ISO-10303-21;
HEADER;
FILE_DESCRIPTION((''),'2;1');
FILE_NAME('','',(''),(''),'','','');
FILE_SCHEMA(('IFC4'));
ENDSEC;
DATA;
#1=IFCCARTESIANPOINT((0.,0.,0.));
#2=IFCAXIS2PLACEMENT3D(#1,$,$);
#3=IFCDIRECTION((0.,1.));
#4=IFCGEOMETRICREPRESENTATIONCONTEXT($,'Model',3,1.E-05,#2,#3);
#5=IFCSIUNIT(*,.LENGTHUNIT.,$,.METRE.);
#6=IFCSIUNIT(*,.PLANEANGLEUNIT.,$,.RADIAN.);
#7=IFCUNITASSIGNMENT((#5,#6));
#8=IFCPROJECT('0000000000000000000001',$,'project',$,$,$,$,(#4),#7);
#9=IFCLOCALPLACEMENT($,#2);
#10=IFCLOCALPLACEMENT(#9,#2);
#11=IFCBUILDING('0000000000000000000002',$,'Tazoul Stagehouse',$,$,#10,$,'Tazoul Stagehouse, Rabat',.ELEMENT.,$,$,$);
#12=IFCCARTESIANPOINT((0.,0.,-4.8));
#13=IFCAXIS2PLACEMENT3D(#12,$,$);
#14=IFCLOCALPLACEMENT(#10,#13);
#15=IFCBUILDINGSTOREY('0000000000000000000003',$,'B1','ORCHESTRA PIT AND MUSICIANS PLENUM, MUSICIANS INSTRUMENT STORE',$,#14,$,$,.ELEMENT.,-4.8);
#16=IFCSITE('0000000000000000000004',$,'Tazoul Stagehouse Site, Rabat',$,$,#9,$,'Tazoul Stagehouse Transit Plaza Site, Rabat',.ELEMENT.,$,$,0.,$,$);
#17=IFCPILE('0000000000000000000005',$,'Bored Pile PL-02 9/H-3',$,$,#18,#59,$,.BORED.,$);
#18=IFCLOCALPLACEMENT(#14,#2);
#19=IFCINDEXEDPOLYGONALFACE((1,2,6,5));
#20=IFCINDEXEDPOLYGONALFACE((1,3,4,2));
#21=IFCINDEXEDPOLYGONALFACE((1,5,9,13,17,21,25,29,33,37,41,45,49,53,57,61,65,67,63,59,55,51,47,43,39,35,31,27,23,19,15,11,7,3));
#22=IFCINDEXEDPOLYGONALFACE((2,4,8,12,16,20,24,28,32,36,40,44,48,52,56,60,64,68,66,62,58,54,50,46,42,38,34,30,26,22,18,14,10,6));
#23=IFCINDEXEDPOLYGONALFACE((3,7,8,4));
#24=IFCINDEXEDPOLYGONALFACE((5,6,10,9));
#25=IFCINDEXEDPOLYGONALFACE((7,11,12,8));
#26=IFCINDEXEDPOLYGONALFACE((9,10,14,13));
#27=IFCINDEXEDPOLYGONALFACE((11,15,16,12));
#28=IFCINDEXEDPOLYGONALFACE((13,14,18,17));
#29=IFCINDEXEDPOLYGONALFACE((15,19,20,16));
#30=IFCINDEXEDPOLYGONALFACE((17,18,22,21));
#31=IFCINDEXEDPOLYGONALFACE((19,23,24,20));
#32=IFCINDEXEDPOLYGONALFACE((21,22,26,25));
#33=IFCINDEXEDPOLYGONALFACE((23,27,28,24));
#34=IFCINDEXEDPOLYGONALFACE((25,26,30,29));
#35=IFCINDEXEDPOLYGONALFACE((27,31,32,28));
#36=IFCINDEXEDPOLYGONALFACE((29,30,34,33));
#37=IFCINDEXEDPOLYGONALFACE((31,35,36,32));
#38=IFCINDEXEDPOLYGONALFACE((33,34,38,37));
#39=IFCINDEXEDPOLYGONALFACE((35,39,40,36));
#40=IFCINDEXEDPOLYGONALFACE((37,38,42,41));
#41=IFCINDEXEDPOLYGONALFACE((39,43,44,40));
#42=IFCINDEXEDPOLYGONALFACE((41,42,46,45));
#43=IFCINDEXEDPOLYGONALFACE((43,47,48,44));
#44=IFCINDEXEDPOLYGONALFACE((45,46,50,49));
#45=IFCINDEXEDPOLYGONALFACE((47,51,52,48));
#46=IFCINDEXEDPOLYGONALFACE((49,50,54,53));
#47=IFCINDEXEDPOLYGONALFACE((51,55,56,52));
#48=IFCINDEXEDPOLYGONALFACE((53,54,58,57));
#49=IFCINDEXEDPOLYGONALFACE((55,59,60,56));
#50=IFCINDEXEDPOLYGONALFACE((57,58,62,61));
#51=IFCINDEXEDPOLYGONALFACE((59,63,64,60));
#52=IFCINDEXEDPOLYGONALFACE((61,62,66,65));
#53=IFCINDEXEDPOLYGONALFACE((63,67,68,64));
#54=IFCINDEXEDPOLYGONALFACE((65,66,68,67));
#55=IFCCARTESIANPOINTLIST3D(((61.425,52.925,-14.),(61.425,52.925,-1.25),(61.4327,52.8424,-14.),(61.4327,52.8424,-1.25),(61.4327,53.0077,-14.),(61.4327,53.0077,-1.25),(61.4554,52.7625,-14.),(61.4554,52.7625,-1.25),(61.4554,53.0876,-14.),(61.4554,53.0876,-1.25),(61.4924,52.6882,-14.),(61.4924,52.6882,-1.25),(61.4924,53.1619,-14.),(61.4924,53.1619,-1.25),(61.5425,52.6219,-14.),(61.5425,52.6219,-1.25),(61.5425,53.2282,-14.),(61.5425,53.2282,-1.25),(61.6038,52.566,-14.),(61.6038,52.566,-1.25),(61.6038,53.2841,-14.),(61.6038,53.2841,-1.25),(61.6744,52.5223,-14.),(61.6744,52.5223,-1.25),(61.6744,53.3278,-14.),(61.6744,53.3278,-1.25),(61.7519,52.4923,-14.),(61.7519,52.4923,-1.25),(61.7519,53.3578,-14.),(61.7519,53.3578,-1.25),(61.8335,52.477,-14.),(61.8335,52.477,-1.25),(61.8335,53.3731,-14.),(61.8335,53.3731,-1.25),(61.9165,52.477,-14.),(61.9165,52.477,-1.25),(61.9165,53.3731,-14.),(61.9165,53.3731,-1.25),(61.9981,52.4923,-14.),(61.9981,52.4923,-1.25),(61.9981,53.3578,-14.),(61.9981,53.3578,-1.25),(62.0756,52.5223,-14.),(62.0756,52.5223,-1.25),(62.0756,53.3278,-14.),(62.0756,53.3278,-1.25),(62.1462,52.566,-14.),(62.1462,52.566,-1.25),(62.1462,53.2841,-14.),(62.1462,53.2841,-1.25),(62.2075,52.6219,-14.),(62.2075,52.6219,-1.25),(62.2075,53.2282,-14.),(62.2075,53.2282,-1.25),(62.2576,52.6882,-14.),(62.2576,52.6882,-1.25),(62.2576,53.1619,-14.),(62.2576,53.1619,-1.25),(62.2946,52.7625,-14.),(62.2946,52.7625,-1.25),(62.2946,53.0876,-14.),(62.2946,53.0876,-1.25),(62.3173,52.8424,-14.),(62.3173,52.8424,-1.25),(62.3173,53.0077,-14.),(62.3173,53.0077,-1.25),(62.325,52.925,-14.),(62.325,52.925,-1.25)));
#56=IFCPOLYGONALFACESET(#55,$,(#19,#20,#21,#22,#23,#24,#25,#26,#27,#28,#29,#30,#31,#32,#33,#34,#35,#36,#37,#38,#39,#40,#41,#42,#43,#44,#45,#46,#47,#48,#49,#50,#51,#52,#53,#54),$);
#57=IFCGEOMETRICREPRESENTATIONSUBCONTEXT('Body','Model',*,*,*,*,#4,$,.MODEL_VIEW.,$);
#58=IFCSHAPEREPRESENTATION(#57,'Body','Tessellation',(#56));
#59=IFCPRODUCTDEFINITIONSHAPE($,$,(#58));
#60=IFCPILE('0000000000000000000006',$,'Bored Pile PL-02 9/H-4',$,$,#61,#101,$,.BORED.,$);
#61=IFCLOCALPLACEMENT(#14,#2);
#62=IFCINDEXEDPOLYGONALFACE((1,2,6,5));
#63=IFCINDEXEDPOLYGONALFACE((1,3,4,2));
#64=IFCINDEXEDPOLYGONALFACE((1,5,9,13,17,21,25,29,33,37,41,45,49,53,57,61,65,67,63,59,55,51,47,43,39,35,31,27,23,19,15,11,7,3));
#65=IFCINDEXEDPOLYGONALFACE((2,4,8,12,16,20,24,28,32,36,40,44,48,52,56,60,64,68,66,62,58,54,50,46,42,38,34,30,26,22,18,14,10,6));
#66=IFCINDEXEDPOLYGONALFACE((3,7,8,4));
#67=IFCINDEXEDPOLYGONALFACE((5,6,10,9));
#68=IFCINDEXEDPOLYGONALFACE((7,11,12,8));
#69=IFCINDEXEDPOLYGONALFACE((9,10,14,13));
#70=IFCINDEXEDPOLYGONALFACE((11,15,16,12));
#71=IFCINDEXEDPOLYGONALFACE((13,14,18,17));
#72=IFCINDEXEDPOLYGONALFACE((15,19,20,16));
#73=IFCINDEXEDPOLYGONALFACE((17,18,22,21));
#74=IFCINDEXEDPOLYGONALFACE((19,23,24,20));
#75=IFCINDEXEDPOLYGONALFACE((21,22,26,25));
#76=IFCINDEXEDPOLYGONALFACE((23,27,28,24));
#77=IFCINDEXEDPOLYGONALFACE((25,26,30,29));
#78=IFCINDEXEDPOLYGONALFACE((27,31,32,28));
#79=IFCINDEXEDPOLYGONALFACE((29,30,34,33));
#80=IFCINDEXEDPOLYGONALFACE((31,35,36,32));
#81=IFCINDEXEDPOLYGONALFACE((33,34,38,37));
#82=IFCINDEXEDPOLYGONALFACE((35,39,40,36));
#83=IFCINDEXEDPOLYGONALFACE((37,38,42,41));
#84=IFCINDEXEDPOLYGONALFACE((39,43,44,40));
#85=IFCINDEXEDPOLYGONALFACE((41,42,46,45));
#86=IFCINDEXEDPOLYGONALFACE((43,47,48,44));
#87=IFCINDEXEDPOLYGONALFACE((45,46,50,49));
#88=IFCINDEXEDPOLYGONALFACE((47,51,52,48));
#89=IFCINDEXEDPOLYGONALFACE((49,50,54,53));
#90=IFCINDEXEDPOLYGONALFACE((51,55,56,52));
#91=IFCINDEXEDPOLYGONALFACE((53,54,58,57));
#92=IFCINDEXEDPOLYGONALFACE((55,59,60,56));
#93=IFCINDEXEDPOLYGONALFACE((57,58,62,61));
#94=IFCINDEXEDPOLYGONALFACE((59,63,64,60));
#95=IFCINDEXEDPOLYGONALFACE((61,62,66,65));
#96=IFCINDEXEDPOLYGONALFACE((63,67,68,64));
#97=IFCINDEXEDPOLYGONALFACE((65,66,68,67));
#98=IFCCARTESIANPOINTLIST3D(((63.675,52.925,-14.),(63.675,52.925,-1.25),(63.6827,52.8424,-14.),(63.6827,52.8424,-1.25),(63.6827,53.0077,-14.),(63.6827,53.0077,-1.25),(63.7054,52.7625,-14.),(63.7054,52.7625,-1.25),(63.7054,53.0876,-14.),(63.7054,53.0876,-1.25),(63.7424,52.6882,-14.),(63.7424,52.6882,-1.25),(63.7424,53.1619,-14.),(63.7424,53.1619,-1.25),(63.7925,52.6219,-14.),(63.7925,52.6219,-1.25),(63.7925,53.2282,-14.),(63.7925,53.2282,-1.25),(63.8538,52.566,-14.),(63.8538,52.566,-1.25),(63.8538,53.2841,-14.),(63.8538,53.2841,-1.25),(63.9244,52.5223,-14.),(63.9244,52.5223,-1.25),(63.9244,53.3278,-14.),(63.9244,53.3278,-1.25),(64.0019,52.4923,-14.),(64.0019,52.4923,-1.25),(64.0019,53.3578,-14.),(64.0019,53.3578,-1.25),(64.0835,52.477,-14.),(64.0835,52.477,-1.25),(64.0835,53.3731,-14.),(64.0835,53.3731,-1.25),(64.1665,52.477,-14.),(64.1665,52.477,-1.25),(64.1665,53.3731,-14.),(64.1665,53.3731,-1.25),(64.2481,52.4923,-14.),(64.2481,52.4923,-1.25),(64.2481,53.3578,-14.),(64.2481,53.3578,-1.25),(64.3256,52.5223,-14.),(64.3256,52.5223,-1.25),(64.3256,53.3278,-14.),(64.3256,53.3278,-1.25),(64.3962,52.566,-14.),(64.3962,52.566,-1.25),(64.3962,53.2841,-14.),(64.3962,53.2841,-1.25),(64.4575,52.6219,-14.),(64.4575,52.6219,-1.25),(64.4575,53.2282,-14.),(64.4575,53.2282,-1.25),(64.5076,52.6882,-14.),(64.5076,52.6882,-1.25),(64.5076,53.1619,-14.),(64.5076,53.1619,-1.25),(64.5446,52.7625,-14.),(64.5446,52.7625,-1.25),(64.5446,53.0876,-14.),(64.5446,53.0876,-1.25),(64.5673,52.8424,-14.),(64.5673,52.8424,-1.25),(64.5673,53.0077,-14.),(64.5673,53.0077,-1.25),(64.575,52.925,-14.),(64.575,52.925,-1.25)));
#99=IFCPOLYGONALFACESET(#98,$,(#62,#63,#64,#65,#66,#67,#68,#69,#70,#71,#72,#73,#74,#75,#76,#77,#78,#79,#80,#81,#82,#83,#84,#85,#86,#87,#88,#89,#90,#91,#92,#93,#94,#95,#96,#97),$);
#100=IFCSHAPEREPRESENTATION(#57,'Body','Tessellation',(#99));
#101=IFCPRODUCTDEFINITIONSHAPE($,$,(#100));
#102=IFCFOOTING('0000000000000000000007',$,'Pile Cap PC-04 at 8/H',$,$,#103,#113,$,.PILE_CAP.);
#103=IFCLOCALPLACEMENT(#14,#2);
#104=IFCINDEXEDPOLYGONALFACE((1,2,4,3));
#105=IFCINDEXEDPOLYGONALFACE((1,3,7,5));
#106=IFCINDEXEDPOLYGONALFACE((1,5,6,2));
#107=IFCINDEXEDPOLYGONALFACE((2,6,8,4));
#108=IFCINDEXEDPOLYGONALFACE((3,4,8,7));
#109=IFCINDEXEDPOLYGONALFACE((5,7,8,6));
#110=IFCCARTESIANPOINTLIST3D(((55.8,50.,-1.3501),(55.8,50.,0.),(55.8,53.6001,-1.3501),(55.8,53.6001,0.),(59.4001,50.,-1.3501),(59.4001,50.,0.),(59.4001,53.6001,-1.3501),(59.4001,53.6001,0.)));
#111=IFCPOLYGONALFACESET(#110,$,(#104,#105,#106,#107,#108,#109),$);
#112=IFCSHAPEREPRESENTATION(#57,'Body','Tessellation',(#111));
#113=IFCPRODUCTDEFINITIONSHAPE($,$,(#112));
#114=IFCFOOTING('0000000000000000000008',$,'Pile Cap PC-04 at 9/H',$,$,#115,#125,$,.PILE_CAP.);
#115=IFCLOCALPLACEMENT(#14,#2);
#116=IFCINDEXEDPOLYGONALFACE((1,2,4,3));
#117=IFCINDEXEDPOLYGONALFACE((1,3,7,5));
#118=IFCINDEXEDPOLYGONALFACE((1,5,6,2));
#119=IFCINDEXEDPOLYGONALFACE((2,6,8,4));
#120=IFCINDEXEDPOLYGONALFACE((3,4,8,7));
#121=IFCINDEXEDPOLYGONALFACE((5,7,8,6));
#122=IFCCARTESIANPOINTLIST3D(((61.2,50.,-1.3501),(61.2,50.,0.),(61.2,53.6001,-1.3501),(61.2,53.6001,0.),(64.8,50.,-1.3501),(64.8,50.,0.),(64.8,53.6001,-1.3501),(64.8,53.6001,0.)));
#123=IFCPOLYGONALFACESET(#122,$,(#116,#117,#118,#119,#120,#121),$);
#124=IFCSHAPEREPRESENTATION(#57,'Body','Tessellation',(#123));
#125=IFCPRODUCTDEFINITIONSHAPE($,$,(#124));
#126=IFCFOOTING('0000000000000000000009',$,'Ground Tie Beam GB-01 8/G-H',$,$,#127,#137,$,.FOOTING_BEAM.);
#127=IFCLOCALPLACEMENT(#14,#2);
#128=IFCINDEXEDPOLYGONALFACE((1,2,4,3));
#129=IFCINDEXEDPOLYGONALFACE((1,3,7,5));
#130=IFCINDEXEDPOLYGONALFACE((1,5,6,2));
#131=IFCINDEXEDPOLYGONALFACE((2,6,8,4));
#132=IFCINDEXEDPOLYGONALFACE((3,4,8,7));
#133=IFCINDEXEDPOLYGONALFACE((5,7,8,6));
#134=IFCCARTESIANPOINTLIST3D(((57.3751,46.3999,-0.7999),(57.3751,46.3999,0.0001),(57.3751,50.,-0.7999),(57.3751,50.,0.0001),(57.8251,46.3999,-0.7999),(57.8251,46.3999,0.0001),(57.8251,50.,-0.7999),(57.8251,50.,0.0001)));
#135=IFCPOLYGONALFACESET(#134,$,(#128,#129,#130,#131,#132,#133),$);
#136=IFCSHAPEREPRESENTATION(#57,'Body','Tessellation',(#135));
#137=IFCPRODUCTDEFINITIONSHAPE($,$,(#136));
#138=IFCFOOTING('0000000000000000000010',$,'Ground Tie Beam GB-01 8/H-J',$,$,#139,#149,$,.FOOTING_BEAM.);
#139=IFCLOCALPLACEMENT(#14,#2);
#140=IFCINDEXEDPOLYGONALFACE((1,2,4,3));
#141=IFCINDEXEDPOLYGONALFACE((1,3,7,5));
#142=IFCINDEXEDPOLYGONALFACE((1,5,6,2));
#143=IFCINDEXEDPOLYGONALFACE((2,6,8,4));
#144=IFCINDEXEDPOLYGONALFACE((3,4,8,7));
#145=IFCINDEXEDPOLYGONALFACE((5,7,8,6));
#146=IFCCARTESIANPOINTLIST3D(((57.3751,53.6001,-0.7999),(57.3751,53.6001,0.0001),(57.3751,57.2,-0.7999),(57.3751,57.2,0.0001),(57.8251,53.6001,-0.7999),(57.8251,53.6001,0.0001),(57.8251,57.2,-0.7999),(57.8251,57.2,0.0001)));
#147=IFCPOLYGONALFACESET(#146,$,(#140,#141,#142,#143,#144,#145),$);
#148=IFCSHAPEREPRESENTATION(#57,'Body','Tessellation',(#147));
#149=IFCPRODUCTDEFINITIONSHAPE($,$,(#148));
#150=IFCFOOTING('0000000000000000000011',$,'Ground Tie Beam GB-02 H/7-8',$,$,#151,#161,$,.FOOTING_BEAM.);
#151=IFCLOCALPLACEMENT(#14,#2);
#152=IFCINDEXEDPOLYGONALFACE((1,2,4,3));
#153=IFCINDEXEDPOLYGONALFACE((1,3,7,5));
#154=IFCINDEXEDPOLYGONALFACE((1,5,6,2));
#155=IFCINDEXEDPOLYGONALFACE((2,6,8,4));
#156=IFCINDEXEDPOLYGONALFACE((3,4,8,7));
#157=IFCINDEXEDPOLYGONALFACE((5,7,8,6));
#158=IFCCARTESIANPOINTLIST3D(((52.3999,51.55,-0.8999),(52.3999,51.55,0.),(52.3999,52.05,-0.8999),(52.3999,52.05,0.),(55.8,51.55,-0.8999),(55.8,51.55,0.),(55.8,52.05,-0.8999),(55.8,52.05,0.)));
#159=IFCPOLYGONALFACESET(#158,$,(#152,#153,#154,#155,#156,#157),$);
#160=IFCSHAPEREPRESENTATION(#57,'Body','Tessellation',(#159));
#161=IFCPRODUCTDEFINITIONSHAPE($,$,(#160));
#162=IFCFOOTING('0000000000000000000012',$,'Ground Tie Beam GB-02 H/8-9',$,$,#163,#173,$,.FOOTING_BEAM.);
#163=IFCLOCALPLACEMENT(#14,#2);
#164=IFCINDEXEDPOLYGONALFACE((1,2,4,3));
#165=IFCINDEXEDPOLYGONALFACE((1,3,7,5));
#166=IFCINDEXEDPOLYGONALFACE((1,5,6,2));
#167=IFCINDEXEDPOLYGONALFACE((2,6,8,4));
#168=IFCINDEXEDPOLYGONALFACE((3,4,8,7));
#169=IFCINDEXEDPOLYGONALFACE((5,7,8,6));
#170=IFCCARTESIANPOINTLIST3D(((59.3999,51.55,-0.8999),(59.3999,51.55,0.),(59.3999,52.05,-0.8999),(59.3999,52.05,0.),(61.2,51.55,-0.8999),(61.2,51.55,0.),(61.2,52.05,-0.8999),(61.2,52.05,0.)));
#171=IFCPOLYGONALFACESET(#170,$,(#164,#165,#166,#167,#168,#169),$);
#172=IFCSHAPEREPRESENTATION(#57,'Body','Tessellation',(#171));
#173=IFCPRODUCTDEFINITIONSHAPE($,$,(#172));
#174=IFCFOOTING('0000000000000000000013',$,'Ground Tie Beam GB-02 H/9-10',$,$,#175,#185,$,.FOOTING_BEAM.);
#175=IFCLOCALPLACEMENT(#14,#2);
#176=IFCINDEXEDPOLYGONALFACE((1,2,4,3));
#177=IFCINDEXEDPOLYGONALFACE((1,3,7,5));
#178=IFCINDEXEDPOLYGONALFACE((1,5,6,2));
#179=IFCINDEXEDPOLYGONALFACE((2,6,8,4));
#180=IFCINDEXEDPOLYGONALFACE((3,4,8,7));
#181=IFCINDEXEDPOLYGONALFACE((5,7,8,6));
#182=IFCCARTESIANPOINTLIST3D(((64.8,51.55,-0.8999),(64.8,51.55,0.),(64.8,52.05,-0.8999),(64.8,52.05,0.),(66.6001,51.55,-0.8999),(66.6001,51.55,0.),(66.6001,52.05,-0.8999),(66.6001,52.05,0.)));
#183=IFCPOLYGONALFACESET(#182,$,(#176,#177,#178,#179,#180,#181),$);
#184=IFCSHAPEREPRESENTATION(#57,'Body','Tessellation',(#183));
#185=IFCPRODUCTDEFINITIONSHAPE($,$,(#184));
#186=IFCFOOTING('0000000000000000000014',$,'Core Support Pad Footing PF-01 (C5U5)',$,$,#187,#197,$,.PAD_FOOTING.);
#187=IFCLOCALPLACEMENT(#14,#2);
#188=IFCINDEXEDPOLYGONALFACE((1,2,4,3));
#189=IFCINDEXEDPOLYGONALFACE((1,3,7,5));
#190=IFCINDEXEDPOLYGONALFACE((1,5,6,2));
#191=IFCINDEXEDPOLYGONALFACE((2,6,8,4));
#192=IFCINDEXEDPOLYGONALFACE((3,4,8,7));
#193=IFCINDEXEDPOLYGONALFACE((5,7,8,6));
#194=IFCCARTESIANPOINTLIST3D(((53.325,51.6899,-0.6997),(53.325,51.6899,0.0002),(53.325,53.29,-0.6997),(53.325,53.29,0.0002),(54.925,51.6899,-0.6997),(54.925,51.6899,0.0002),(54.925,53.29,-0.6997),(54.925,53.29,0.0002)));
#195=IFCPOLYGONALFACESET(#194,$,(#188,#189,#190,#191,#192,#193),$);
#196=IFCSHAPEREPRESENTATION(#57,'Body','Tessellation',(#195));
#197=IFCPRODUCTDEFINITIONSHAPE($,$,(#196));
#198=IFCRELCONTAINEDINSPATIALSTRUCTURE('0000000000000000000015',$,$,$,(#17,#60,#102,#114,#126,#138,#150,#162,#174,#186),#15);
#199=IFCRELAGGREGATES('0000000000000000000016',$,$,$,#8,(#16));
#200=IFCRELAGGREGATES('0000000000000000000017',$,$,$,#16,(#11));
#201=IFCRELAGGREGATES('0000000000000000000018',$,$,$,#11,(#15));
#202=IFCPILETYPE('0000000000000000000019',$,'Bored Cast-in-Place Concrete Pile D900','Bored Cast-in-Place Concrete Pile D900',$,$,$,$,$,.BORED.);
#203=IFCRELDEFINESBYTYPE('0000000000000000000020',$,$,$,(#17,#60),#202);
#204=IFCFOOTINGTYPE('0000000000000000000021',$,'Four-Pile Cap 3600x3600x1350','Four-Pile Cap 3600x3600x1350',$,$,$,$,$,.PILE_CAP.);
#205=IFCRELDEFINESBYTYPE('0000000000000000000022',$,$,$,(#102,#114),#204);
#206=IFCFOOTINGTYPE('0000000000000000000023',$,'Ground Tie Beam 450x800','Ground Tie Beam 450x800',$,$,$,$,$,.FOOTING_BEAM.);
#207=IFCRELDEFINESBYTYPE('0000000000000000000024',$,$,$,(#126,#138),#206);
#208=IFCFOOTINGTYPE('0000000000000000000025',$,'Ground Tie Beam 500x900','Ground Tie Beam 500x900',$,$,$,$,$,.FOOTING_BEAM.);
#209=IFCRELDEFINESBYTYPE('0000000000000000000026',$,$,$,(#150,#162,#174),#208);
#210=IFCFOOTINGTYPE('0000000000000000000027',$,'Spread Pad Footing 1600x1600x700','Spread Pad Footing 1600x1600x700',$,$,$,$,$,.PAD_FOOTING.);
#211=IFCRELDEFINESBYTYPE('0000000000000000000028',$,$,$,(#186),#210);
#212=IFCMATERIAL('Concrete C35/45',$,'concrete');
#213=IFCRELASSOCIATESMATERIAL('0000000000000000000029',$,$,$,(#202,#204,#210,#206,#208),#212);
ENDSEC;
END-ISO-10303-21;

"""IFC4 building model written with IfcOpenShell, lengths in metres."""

from ifc_helpers import new_model, si_unit, direction, frame, origin, origin_2d, place, context, subcontext, project, spatial, rectangle, circle, extrude, material, material_profile, profile_set, type_object, element, save


model = new_model("IFC4")

# Units and contexts
model_context = context("Model", 3, precision=1e-05, world=origin(), true_north=direction((0.0, 1.0)))
body_context = subcontext(model_context, "Body", "Model", "MODEL_VIEW")
ifc_project = project(units=[si_unit("LENGTHUNIT", "METRE"), si_unit("PLANEANGLEUNIT", "RADIAN")], contexts=[model_context])

# Site, building, storey
site_placement = place(None, origin())
site = spatial("IfcSite", under=ifc_project, at=site_placement, Name="Tazoul Stagehouse Site, Rabat", LongName="Tazoul Stagehouse Transit Plaza Site, Rabat", CompositionType="ELEMENT", RefElevation=0.0)
building_placement = place(site_placement, origin())
building = spatial("IfcBuilding", under=site, at=building_placement, Name="Tazoul Stagehouse", LongName="Tazoul Stagehouse, Rabat", CompositionType="ELEMENT")
storey_placement = place(building_placement, frame((0.0, 0.0, -4.8)))
storey = spatial("IfcBuildingStorey", under=building, at=storey_placement, Name="B1", Description="ORCHESTRA PIT AND MUSICIANS PLENUM, MUSICIANS INSTRUMENT STORE", CompositionType="ELEMENT", Elevation=-4.8)

# Piles
ifc_material_1 = material(Name="Concrete C35/45", Category="concrete")
ifc_material_profile_1 = material_profile(ifc_material_1, circle(Radius=0.45, at=origin_2d()), Name="BORED PILE 900")
ifc_profile_set_1 = profile_set([ifc_material_profile_1], Name="Concrete C35/45")
pile_type_1 = type_object("IfcPileType", Name="Bored Cast-in-Place Concrete Pile D900", Description="Bored Cast-in-Place Concrete Pile D900", PredefinedType="BORED", material=ifc_profile_set_1)
for number, where, z_axis, x_axis, name in (
    (1, (61.875, 52.925, -1.25), (0.0, 0.0, -1.0), (1.0, 0.0, 0.0), "Bored Pile PL-02 9/H-3"),
    (2, (64.125, 52.925, -1.25), (0.0, 0.0, -1.0), (1.0, 0.0, 0.0), "Bored Pile PL-02 9/H-4"),
):
    element("IfcPile", number, at=place(storey_placement, frame(where, z_axis=z_axis, x_axis=x_axis)), inside=storey, type_object=pile_type_1, Name=name, PredefinedType="BORED", context=body_context, shape_type="SweptSolid", body=[
        extrude(circle(Radius=0.45, at=origin_2d()), origin(), (0.0, 0.0, 1.0), 12.75),
    ])

# Footings
footing_type_1 = type_object("IfcFootingType", Name="Four-Pile Cap 3600x3600x1350", Description="Four-Pile Cap 3600x3600x1350", PredefinedType="PILE_CAP", material=ifc_material_1)
for number, where, z_axis, x_axis, name in (
    (3, (57.6001, 51.8, -1.3501), (0.0, 0.0, 1.0), (1.0, 0.0, 0.0), "Pile Cap PC-04 at 8/H"),
    (4, (63.0, 51.8, -1.3501), (0.0, 0.0, 1.0), (1.0, 0.0, 0.0), "Pile Cap PC-04 at 9/H"),
):
    element("IfcFooting", number, at=place(storey_placement, frame(where, z_axis=z_axis, x_axis=x_axis)), inside=storey, type_object=footing_type_1, Name=name, PredefinedType="PILE_CAP", context=body_context, shape_type="SweptSolid", body=[
        extrude(rectangle(XDim=3.6001, YDim=3.6001, at=origin_2d()), origin(), (0.0, 0.0, 1.0), 1.3501),
    ])
ifc_material_profile_2 = material_profile(ifc_material_1, rectangle(XDim=0.45, YDim=0.8, at=origin_2d()), Name="RC 450x800")
ifc_profile_set_2 = profile_set([ifc_material_profile_2], Name="Concrete C35/45")
footing_type_2 = type_object("IfcFootingType", Name="Ground Tie Beam 450x800", Description="Ground Tie Beam 450x800", PredefinedType="FOOTING_BEAM", material=ifc_profile_set_2)
footing_1_placement = place(storey_placement, frame((57.6001, 46.3999, -0.3999), z_axis=(0.0, 1.0, 0.0), x_axis=(-1.0, 0.0, 0.0)))
element("IfcFooting", 5, at=footing_1_placement, inside=storey, type_object=footing_type_2, Name="Ground Tie Beam GB-01 8/G-H", PredefinedType="FOOTING_BEAM", context=body_context, shape_type="SweptSolid", body=[
    extrude(rectangle(XDim=0.45, YDim=0.8, at=origin_2d()), origin(), (0.0, 0.0, 1.0), 3.6001),
])
footing_2_placement = place(storey_placement, frame((57.6001, 53.6001, -0.3999), z_axis=(0.0, 1.0, 0.0), x_axis=(-1.0, 0.0, 0.0)))
element("IfcFooting", 6, at=footing_2_placement, inside=storey, type_object=footing_type_2, Name="Ground Tie Beam GB-01 8/H-J", PredefinedType="FOOTING_BEAM", context=body_context, shape_type="SweptSolid", body=[
    extrude(rectangle(XDim=0.45, YDim=0.8, at=origin_2d()), origin(), (0.0, 0.0, 1.0), 3.5999),
])
ifc_material_profile_3 = material_profile(ifc_material_1, rectangle(XDim=0.5, YDim=0.8999, at=origin_2d()), Name="RC 500x900")
ifc_profile_set_3 = profile_set([ifc_material_profile_3], Name="Concrete C35/45")
footing_type_3 = type_object("IfcFootingType", Name="Ground Tie Beam 500x900", Description="Ground Tie Beam 500x900", PredefinedType="FOOTING_BEAM", material=ifc_profile_set_3)
footing_3_placement = place(storey_placement, frame((52.3999, 51.8, -0.45), z_axis=(1.0, 0.0, 0.0), x_axis=(0.0, 1.0, 0.0)))
element("IfcFooting", 7, at=footing_3_placement, inside=storey, type_object=footing_type_3, Name="Ground Tie Beam GB-02 H/7-8", PredefinedType="FOOTING_BEAM", context=body_context, shape_type="SweptSolid", body=[
    extrude(rectangle(XDim=0.5, YDim=0.8999, at=origin_2d()), origin(), (0.0, 0.0, 1.0), 3.4001),
])
for number, where, z_axis, x_axis, name in (
    (8, (59.3999, 51.8, -0.45), (1.0, 0.0, 0.0), (0.0, 1.0, 0.0), "Ground Tie Beam GB-02 H/8-9"),
    (9, (64.8, 51.8, -0.45), (1.0, 0.0, 0.0), (0.0, 1.0, 0.0), "Ground Tie Beam GB-02 H/9-10"),
):
    element("IfcFooting", number, at=place(storey_placement, frame(where, z_axis=z_axis, x_axis=x_axis)), inside=storey, type_object=footing_type_3, Name=name, PredefinedType="FOOTING_BEAM", context=body_context, shape_type="SweptSolid", body=[
        extrude(rectangle(XDim=0.5, YDim=0.8999, at=origin_2d()), origin(), (0.0, 0.0, 1.0), 1.8),
    ])
footing_type_4 = type_object("IfcFootingType", Name="Spread Pad Footing 1600x1600x700", Description="Spread Pad Footing 1600x1600x700", PredefinedType="PAD_FOOTING", material=ifc_material_1)
footing_4_placement = place(storey_placement, frame((54.125, 52.49, -0.6997), z_axis=(0.0, 0.0, 1.0), x_axis=(1.0, 0.0, 0.0)))
element("IfcFooting", 10, at=footing_4_placement, inside=storey, type_object=footing_type_4, Name="Core Support Pad Footing PF-01 (C5U5)", PredefinedType="PAD_FOOTING", context=body_context, shape_type="SweptSolid", body=[
    extrude(rectangle(XDim=1.6001, YDim=1.6001, at=origin_2d()), origin(), (0.0, 0.0, 1.0), 0.7),
])

save(model, "model.ifc")
